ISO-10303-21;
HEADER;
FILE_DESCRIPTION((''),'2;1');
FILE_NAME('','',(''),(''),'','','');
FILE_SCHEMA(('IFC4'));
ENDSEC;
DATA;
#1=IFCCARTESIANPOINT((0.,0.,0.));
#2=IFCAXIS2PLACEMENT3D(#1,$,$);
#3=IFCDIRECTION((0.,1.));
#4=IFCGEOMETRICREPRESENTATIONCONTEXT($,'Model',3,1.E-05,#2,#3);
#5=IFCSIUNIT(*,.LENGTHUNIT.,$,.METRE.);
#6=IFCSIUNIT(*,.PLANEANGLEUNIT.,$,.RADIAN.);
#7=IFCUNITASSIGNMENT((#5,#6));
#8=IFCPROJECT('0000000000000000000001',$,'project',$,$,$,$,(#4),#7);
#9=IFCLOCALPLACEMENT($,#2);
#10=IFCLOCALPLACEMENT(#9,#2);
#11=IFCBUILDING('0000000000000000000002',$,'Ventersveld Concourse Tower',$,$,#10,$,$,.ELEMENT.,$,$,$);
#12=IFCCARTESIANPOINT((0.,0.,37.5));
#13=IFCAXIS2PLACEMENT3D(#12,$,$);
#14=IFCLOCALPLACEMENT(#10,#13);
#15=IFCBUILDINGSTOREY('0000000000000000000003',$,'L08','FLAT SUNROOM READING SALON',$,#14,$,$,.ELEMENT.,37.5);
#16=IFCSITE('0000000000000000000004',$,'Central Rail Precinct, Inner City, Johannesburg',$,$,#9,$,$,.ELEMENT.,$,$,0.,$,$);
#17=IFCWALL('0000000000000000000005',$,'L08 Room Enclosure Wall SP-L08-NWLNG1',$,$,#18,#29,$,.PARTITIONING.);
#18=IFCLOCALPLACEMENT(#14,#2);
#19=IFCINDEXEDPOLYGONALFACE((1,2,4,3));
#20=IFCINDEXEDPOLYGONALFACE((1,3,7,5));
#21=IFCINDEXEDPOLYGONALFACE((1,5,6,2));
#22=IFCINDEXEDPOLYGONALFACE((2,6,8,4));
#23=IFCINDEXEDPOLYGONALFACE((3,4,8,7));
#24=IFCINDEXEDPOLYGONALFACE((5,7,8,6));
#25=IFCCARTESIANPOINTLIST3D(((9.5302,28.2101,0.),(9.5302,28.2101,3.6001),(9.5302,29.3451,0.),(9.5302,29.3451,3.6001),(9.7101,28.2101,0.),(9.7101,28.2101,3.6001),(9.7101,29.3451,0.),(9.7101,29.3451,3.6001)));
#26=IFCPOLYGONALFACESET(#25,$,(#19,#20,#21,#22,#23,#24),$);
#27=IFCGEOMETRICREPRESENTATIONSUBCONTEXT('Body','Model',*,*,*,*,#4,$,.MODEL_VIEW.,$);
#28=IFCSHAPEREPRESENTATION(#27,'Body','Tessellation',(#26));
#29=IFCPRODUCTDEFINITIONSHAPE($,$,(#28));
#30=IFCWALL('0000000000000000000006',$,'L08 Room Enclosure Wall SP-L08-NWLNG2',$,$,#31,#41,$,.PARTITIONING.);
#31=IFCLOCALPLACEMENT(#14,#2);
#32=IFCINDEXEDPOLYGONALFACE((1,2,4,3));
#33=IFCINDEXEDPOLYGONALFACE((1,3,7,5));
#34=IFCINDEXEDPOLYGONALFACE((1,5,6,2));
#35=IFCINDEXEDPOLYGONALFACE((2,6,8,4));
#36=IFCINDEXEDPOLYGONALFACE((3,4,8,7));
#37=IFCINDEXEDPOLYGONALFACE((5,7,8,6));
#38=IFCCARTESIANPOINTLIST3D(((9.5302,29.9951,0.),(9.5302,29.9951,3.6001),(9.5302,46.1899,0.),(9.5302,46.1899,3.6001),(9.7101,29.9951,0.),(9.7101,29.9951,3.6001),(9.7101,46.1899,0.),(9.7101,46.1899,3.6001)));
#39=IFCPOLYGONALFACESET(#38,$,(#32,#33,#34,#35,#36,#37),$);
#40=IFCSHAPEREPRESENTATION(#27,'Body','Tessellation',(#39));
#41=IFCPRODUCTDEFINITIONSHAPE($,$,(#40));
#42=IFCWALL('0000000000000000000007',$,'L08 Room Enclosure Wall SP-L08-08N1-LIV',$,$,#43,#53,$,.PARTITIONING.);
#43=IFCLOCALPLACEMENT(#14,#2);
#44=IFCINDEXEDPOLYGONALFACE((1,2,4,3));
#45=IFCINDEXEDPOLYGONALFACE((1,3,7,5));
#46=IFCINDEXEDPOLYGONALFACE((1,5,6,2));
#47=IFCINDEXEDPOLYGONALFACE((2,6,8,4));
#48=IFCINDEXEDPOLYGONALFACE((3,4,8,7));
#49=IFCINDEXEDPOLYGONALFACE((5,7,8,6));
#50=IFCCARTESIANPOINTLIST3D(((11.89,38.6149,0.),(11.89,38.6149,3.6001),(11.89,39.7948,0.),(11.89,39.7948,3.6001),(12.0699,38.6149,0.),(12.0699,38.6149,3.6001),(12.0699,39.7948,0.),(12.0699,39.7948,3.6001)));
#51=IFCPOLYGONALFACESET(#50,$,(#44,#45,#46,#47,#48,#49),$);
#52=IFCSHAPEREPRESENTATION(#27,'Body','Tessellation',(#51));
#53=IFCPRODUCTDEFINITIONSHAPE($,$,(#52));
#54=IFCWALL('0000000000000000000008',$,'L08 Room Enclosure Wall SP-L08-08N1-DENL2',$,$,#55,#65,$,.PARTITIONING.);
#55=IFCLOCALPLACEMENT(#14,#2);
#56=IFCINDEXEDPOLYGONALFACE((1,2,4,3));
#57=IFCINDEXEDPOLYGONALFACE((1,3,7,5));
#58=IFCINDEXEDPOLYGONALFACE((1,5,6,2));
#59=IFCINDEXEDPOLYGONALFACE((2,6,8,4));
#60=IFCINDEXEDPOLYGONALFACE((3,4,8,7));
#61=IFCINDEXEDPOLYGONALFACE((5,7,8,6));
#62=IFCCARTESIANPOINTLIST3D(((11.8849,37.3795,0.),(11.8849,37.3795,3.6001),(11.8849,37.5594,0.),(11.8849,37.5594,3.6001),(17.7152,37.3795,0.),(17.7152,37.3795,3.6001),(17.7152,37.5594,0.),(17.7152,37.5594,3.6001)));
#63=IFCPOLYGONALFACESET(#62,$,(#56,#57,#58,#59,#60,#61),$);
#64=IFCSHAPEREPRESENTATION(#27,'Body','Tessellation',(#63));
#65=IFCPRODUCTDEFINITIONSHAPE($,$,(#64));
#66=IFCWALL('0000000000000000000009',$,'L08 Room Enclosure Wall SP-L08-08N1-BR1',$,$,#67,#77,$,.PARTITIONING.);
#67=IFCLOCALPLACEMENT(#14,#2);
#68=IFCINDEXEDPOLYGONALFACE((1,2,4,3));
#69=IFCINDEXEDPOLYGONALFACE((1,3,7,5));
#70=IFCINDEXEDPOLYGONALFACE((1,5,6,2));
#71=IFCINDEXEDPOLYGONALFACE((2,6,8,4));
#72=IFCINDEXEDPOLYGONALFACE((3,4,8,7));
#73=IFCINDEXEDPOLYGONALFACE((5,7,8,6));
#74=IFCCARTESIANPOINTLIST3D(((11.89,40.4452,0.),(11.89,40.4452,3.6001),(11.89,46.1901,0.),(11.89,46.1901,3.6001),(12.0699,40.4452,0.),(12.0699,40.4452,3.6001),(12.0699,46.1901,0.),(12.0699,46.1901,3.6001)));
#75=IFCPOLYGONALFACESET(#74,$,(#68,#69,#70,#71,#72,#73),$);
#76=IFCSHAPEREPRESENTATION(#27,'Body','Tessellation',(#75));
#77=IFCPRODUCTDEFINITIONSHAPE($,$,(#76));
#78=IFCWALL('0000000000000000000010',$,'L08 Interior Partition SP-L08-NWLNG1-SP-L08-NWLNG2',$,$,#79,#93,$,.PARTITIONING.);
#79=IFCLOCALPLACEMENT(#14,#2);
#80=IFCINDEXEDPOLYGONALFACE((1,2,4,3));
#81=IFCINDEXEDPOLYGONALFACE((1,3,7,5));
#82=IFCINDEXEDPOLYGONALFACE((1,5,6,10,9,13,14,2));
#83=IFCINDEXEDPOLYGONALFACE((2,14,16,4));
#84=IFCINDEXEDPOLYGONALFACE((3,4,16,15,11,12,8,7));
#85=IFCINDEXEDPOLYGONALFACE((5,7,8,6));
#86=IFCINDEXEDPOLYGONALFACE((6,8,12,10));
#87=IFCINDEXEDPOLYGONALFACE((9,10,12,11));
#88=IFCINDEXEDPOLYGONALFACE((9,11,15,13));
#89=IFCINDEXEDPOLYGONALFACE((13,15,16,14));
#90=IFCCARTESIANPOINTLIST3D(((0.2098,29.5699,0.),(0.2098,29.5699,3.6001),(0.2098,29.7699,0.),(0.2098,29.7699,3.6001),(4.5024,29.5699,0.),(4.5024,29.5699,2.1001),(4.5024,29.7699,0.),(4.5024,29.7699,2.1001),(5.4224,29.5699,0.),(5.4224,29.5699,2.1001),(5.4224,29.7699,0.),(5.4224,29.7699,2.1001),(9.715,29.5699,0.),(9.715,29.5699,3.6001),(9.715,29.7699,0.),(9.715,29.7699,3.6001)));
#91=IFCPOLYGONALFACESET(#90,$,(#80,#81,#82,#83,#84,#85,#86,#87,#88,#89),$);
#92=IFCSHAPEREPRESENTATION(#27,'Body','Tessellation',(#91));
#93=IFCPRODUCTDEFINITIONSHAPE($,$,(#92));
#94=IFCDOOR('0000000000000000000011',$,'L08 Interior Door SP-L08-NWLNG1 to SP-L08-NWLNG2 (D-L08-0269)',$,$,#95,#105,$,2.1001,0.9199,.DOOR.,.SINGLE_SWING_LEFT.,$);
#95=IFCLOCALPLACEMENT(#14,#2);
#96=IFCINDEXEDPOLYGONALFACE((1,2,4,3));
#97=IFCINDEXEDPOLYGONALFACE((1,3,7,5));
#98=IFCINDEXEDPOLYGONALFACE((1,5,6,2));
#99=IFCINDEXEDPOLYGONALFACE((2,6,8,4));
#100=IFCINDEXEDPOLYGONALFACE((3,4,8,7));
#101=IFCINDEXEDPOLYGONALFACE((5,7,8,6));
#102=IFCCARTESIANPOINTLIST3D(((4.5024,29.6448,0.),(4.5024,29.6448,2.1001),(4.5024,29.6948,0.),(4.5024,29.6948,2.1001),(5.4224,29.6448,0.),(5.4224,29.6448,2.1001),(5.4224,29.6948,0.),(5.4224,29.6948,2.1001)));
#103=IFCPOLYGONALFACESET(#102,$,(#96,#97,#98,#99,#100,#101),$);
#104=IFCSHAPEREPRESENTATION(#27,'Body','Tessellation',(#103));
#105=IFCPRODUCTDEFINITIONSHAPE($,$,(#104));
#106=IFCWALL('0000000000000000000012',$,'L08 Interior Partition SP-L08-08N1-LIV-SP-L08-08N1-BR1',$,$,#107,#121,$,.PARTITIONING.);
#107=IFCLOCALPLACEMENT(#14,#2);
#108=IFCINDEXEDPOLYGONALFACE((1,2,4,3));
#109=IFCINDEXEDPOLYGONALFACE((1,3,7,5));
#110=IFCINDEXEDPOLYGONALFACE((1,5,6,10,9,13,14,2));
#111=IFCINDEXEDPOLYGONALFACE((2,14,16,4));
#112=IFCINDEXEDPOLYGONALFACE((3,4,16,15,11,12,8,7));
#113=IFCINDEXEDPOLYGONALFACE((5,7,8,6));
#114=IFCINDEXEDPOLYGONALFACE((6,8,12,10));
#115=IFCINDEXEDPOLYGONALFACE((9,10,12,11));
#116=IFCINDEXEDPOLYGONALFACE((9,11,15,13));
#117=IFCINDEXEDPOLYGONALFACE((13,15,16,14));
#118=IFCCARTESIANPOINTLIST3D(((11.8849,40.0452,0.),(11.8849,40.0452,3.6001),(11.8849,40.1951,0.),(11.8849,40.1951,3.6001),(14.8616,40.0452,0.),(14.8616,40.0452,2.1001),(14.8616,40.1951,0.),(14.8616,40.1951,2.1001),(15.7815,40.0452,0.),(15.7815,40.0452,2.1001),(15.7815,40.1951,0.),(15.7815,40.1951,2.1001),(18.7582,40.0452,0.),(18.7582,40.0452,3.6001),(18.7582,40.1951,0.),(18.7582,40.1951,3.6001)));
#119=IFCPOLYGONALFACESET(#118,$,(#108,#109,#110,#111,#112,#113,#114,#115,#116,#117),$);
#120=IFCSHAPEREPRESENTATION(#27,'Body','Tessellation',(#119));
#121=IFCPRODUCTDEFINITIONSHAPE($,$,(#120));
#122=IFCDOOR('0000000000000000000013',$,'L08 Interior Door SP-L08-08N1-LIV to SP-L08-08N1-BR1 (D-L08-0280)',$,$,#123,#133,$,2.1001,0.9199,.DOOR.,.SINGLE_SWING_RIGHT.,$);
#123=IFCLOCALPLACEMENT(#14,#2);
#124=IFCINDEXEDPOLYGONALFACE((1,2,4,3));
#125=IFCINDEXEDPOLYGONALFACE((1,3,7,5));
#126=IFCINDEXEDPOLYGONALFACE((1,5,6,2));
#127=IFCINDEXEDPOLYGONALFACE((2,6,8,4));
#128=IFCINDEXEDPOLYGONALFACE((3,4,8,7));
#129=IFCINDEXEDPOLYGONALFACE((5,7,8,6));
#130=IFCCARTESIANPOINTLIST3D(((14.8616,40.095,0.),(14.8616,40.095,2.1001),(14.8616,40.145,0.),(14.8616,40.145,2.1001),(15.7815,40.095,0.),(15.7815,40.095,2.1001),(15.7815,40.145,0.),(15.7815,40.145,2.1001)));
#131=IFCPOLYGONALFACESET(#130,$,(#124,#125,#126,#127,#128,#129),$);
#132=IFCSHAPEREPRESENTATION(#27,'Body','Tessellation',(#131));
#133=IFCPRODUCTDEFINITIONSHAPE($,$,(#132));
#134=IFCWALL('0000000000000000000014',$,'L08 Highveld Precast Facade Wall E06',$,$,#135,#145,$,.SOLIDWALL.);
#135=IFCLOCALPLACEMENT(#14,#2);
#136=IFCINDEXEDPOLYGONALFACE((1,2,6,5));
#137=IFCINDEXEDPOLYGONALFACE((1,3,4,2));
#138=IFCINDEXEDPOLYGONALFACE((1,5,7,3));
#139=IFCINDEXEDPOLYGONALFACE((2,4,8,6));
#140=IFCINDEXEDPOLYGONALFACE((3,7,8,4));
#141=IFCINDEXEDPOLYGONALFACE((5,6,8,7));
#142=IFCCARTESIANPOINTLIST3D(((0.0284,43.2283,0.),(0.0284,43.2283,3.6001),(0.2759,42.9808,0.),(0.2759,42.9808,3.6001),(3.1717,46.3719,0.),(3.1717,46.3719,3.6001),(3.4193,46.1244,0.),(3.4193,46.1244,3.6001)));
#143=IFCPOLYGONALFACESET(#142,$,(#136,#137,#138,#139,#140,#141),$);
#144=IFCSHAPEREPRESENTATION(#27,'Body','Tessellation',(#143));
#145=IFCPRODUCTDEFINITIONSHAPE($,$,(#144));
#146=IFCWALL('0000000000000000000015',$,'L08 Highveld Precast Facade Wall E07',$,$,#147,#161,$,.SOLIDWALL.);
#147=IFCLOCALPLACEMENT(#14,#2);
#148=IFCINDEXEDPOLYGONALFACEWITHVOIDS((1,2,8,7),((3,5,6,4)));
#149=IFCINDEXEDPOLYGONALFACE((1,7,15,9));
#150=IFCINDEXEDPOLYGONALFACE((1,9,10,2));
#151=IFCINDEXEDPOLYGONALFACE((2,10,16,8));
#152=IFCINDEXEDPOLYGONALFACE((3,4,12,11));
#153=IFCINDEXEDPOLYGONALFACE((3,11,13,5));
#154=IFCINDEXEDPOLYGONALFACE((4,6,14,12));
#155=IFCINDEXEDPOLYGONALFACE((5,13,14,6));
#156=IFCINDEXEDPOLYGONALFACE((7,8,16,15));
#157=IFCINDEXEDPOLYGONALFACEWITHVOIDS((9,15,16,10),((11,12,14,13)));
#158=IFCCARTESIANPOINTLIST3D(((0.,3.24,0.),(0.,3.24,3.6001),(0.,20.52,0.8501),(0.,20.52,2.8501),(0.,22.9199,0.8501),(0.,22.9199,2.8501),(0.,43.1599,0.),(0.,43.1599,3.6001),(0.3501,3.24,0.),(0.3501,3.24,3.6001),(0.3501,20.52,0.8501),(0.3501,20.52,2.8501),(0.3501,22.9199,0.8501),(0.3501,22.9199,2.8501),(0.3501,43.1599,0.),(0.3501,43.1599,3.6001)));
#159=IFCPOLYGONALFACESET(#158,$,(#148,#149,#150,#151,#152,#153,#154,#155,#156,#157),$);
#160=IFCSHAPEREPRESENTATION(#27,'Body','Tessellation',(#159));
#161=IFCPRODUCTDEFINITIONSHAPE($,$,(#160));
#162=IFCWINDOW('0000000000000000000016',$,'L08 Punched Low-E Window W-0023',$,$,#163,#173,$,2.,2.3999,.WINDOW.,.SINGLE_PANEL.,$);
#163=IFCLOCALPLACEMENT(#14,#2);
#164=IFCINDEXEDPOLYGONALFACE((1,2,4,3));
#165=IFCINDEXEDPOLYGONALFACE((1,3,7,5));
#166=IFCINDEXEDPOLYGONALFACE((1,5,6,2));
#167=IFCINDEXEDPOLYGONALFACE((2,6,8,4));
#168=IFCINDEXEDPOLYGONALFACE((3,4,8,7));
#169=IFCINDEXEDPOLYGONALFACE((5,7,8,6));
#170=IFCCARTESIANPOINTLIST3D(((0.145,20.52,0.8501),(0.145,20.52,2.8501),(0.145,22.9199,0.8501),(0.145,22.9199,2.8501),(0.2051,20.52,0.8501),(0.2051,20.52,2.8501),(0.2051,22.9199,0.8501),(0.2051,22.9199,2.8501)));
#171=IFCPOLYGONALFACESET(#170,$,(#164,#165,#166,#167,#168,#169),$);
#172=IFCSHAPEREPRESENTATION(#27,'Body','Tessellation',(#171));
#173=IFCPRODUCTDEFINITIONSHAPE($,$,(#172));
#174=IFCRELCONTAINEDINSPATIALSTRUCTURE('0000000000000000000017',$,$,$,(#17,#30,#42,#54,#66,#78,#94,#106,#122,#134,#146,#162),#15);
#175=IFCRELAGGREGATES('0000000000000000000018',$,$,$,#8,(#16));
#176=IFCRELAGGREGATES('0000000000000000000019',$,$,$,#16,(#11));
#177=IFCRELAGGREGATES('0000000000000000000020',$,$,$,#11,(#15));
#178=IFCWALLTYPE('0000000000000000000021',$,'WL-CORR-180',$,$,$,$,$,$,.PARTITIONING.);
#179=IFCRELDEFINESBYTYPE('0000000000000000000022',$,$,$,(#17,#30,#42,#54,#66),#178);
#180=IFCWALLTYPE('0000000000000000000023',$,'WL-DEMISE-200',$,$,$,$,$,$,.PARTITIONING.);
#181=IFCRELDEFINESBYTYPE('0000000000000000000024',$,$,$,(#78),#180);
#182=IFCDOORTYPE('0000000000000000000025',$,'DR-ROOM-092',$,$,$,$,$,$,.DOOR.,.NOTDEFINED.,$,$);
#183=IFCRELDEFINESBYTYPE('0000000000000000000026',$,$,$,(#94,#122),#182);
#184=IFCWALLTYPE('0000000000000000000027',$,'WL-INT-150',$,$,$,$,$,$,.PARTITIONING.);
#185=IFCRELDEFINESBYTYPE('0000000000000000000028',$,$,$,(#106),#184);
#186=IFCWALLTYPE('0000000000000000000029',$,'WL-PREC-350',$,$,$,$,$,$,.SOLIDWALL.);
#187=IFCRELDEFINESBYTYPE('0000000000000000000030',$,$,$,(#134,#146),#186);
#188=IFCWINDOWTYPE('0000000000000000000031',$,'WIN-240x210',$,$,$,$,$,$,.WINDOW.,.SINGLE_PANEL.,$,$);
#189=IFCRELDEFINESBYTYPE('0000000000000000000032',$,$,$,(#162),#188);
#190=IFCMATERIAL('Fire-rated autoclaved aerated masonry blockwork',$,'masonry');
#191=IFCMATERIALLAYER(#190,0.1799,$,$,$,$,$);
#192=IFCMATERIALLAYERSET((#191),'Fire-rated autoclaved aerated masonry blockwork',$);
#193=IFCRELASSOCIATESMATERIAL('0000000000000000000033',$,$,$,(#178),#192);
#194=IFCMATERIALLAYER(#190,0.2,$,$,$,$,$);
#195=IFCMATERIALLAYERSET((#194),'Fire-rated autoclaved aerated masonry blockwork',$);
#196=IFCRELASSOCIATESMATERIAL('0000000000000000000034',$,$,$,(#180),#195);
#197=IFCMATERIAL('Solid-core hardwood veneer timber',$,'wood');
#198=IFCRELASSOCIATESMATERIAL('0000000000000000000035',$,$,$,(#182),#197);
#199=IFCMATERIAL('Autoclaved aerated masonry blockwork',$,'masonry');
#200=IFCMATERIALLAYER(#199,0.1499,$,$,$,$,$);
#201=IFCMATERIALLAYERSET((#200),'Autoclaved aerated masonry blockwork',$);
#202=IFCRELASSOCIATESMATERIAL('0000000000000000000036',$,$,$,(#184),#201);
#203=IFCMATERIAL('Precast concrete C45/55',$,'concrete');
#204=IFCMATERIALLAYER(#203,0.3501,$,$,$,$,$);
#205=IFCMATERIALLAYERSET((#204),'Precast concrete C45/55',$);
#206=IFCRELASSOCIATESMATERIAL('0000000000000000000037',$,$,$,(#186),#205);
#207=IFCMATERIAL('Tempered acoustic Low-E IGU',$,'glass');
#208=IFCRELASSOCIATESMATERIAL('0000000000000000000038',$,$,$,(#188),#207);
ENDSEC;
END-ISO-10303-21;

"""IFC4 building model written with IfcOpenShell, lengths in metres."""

from ifc_helpers import new_model, si_unit, direction, frame, frame_2d, origin, place, context, subcontext, project, spatial, rectangle, extrude, material, layer, layer_set, type_object, element, fill, save


model = new_model("IFC4")

# Units and contexts
model_context = context("Model", 3, precision=1e-05, world=origin(), true_north=direction((0.0, 1.0)))
body_context = subcontext(model_context, "Body", "Model", "MODEL_VIEW")
ifc_project = project(units=[si_unit("LENGTHUNIT", "METRE"), si_unit("PLANEANGLEUNIT", "RADIAN")], contexts=[model_context])

# Site, building, storey
site_placement = place(None, origin())
site = spatial("IfcSite", under=ifc_project, at=site_placement, Name="Central Rail Precinct, Inner City, Johannesburg", CompositionType="ELEMENT", RefElevation=0.0)
building_placement = place(site_placement, origin())
building = spatial("IfcBuilding", under=site, at=building_placement, Name="Ventersveld Concourse Tower", CompositionType="ELEMENT")
storey_placement = place(building_placement, frame((0.0, 0.0, 37.5)))
storey = spatial("IfcBuildingStorey", under=building, at=storey_placement, Name="L08", Description="FLAT SUNROOM READING SALON", CompositionType="ELEMENT", Elevation=37.5)

# Walls
ifc_material_1 = material(Name="Fire-rated autoclaved aerated masonry blockwork", Category="masonry")
ifc_layer_1 = layer(ifc_material_1, 0.1799)
ifc_layer_set_1 = layer_set([ifc_layer_1], Name="Fire-rated autoclaved aerated masonry blockwork")
wall_type_1 = type_object("IfcWallType", Name="WL-CORR-180", PredefinedType="PARTITIONING", material=ifc_layer_set_1)
wall_1_placement = place(storey_placement, frame((9.6201, 29.345, 0.0), z_axis=(0.0, 0.0, 1.0), x_axis=(0.0, -1.0, 0.0)))
element("IfcWall", 1, at=wall_1_placement, inside=storey, type_object=wall_type_1, Name="L08 Room Enclosure Wall SP-L08-NWLNG1", PredefinedType="PARTITIONING", context=body_context, shape_type="SweptSolid", body=[
    extrude(rectangle(XDim=1.135, YDim=0.1799, at=frame_2d((0.5674, 0.0))), origin(), (0.0, 0.0, 1.0), 3.6001),
])
wall_2_placement = place(storey_placement, frame((9.6201, 46.1899, 0.0), z_axis=(0.0, 0.0, 1.0), x_axis=(0.0, -1.0, 0.0)))
element("IfcWall", 2, at=wall_2_placement, inside=storey, type_object=wall_type_1, Name="L08 Room Enclosure Wall SP-L08-NWLNG2", PredefinedType="PARTITIONING", context=body_context, shape_type="SweptSolid", body=[
    extrude(rectangle(XDim=16.1948, YDim=0.1799, at=frame_2d((8.0974, 0.0))), origin(), (0.0, 0.0, 1.0), 3.6001),
])
wall_3_placement = place(storey_placement, frame((11.98, 38.615, 0.0), z_axis=(0.0, 0.0, 1.0), x_axis=(0.0, 1.0, 0.0)))
element("IfcWall", 3, at=wall_3_placement, inside=storey, type_object=wall_type_1, Name="L08 Room Enclosure Wall SP-L08-08N1-LIV", PredefinedType="PARTITIONING", context=body_context, shape_type="SweptSolid", body=[
    extrude(rectangle(XDim=1.1799, YDim=0.1799, at=frame_2d((0.5898, 0.0))), origin(), (0.0, 0.0, 1.0), 3.6001),
])
wall_4_placement = place(storey_placement, frame((11.885, 37.4695, 0.0), z_axis=(0.0, 0.0, 1.0), x_axis=(1.0, 0.0, 0.0)))
element("IfcWall", 4, at=wall_4_placement, inside=storey, type_object=wall_type_1, Name="L08 Room Enclosure Wall SP-L08-08N1-DENL2", PredefinedType="PARTITIONING", context=body_context, shape_type="SweptSolid", body=[
    extrude(rectangle(XDim=5.8303, YDim=0.1799, at=frame_2d((2.915, 0.0))), origin(), (0.0, 0.0, 1.0), 3.6001),
])
wall_5_placement = place(storey_placement, frame((11.98, 40.4451, 0.0), z_axis=(0.0, 0.0, 1.0), x_axis=(0.0, 1.0, 0.0)))
element("IfcWall", 5, at=wall_5_placement, inside=storey, type_object=wall_type_1, Name="L08 Room Enclosure Wall SP-L08-08N1-BR1", PredefinedType="PARTITIONING", context=body_context, shape_type="SweptSolid", body=[
    extrude(rectangle(XDim=5.7449, YDim=0.1799, at=frame_2d((2.8726, 0.0))), origin(), (0.0, 0.0, 1.0), 3.6001),
])

# Walls, openings, doors
ifc_layer_2 = layer(ifc_material_1, 0.2)
ifc_layer_set_2 = layer_set([ifc_layer_2], Name="Fire-rated autoclaved aerated masonry blockwork")
wall_type_2 = type_object("IfcWallType", Name="WL-DEMISE-200", PredefinedType="PARTITIONING", material=ifc_layer_set_2)
wall_6_placement = place(storey_placement, frame((0.21, 29.6699, 0.0), z_axis=(0.0, 0.0, 1.0), x_axis=(1.0, 0.0, 0.0)))
wall_6 = element("IfcWall", 6, at=wall_6_placement, inside=storey, type_object=wall_type_2, Name="L08 Interior Partition SP-L08-NWLNG1-SP-L08-NWLNG2", PredefinedType="PARTITIONING", context=body_context, shape_type="SweptSolid", body=[
    extrude(rectangle(XDim=9.5051, YDim=0.2, at=frame_2d((4.7524, 0.0))), origin(), (0.0, 0.0, 1.0), 3.6001),
])
opening_1_placement = place(wall_6_placement, frame((4.2925, 0.0, 0.0)))
opening_1 = element("IfcOpeningElement", 7, at=opening_1_placement, cuts=wall_6, PredefinedType="OPENING", context=body_context, shape_type="SweptSolid", body=[
    extrude(rectangle(XDim=0.9199, YDim=2.1001, at=frame_2d((0.46, 1.05))), frame((0.0, 0.1099, 0.0), z_axis=(0.0, -1.0, 0.0), x_axis=(1.0, 0.0, 0.0)), (0.0, 0.0, 1.0), 0.22),
])
ifc_material_2 = material(Name="Solid-core hardwood veneer timber", Category="wood")
door_type = type_object("IfcDoorType", Name="DR-ROOM-092", OperationType="NOTDEFINED", PredefinedType="DOOR", material=ifc_material_2)
door_1_placement = place(opening_1_placement, origin())
door_1 = element("IfcDoor", 8, at=door_1_placement, inside=storey, type_object=door_type, Name="L08 Interior Door SP-L08-NWLNG1 to SP-L08-NWLNG2 (D-L08-0269)", OperationType="SINGLE_SWING_LEFT", OverallHeight=2.1001, OverallWidth=0.9199, PredefinedType="DOOR", context=body_context, shape_type="SweptSolid", body=[
    extrude(rectangle(XDim=0.9199, YDim=2.1001, at=frame_2d((0.46, 1.05))), frame((0.0, 0.0249, 0.0), z_axis=(0.0, -1.0, 0.0), x_axis=(1.0, 0.0, 0.0)), (0.0, 0.0, 1.0), 0.05),
])
fill(opening_1, door_1)
ifc_material_3 = material(Name="Autoclaved aerated masonry blockwork", Category="masonry")
ifc_layer_3 = layer(ifc_material_3, 0.1499)
ifc_layer_set_3 = layer_set([ifc_layer_3], Name="Autoclaved aerated masonry blockwork")
wall_type_3 = type_object("IfcWallType", Name="WL-INT-150", PredefinedType="PARTITIONING", material=ifc_layer_set_3)
wall_7_placement = place(storey_placement, frame((11.885, 40.1201, 0.0), z_axis=(0.0, 0.0, 1.0), x_axis=(1.0, 0.0, 0.0)))
wall_7 = element("IfcWall", 9, at=wall_7_placement, inside=storey, type_object=wall_type_3, Name="L08 Interior Partition SP-L08-08N1-LIV-SP-L08-08N1-BR1", PredefinedType="PARTITIONING", context=body_context, shape_type="SweptSolid", body=[
    extrude(rectangle(XDim=6.8733, YDim=0.1499, at=frame_2d((3.4365, 0.0))), origin(), (0.0, 0.0, 1.0), 3.6001),
])
opening_2_placement = place(wall_7_placement, frame((2.9766, 0.0, 0.0)))
opening_2 = element("IfcOpeningElement", 10, at=opening_2_placement, cuts=wall_7, PredefinedType="OPENING", context=body_context, shape_type="SweptSolid", body=[
    extrude(rectangle(XDim=0.9199, YDim=2.1001, at=frame_2d((0.46, 1.05))), frame((0.0, 0.085, 0.0), z_axis=(0.0, -1.0, 0.0), x_axis=(1.0, 0.0, 0.0)), (0.0, 0.0, 1.0), 0.1699),
])
door_2_placement = place(opening_2_placement, origin())
door_2 = element("IfcDoor", 11, at=door_2_placement, inside=storey, type_object=door_type, Name="L08 Interior Door SP-L08-08N1-LIV to SP-L08-08N1-BR1 (D-L08-0280)", OperationType="SINGLE_SWING_RIGHT", OverallHeight=2.1001, OverallWidth=0.9199, PredefinedType="DOOR", context=body_context, shape_type="SweptSolid", body=[
    extrude(rectangle(XDim=0.9199, YDim=2.1001, at=frame_2d((0.46, 1.05))), frame((0.0, 0.0249, 0.0), z_axis=(0.0, -1.0, 0.0), x_axis=(1.0, 0.0, 0.0)), (0.0, 0.0, 1.0), 0.05),
])
fill(opening_2, door_2)

# Wall
ifc_material_4 = material(Name="Precast concrete C45/55", Category="concrete")
ifc_layer_4 = layer(ifc_material_4, 0.3501)
ifc_layer_set_4 = layer_set([ifc_layer_4], Name="Precast concrete C45/55")
wall_type_4 = type_object("IfcWallType", Name="WL-PREC-350", PredefinedType="SOLIDWALL", material=ifc_layer_set_4)
wall_8_placement = place(storey_placement, frame((3.2954, 46.248, 0.0), z_axis=(0.0, 0.0, 1.0), x_axis=(-0.707079, -0.707134, 0.0)))
element("IfcWall", 12, at=wall_8_placement, inside=storey, type_object=wall_type_4, Name="L08 Highveld Precast Facade Wall E06", PredefinedType="SOLIDWALL", context=body_context, shape_type="SweptSolid", body=[
    extrude(rectangle(XDim=4.4456, YDim=0.3501, at=frame_2d((2.2227, 0.0))), origin(), (0.0, 0.0, 1.0), 3.6001),
])

# Wall, opening, window
wall_9_placement = place(storey_placement, frame((0.175, 43.1599, 0.0), z_axis=(0.0, 0.0, 1.0), x_axis=(0.0, -1.0, 0.0)))
wall_9 = element("IfcWall", 13, at=wall_9_placement, inside=storey, type_object=wall_type_4, Name="L08 Highveld Precast Facade Wall E07", PredefinedType="SOLIDWALL", context=body_context, shape_type="SweptSolid", body=[
    extrude(rectangle(XDim=39.9199, YDim=0.3501, at=frame_2d((19.96, 0.0))), origin(), (0.0, 0.0, 1.0), 3.6001),
])
opening_3_placement = place(wall_9_placement, frame((20.24, 0.0, 0.8501)))
opening_3 = element("IfcOpeningElement", 14, at=opening_3_placement, cuts=wall_9, PredefinedType="OPENING", context=body_context, shape_type="SweptSolid", body=[
    extrude(rectangle(XDim=2.3999, YDim=2.0, at=frame_2d((1.2, 1.0))), frame((0.0, 0.1851, 0.0), z_axis=(0.0, -1.0, 0.0), x_axis=(1.0, 0.0, 0.0)), (0.0, 0.0, 1.0), 0.3701),
])
ifc_material_5 = material(Name="Tempered acoustic Low-E IGU", Category="glass")
window_type = type_object("IfcWindowType", Name="WIN-240x210", PartitioningType="SINGLE_PANEL", PredefinedType="WINDOW", material=ifc_material_5)
window_placement = place(opening_3_placement, origin())
window = element("IfcWindow", 15, at=window_placement, inside=storey, type_object=window_type, Name="L08 Punched Low-E Window W-0023", OverallHeight=2.0, OverallWidth=2.3999, PartitioningType="SINGLE_PANEL", PredefinedType="WINDOW", context=body_context, shape_type="SweptSolid", body=[
    extrude(rectangle(XDim=2.3999, YDim=2.0, at=frame_2d((1.2, 1.0))), frame((0.0, 0.03, 0.0), z_axis=(0.0, -1.0, 0.0), x_axis=(1.0, 0.0, 0.0)), (0.0, 0.0, 1.0), 0.0601),
])
fill(opening_3, window)

save(model, "model.ifc")
